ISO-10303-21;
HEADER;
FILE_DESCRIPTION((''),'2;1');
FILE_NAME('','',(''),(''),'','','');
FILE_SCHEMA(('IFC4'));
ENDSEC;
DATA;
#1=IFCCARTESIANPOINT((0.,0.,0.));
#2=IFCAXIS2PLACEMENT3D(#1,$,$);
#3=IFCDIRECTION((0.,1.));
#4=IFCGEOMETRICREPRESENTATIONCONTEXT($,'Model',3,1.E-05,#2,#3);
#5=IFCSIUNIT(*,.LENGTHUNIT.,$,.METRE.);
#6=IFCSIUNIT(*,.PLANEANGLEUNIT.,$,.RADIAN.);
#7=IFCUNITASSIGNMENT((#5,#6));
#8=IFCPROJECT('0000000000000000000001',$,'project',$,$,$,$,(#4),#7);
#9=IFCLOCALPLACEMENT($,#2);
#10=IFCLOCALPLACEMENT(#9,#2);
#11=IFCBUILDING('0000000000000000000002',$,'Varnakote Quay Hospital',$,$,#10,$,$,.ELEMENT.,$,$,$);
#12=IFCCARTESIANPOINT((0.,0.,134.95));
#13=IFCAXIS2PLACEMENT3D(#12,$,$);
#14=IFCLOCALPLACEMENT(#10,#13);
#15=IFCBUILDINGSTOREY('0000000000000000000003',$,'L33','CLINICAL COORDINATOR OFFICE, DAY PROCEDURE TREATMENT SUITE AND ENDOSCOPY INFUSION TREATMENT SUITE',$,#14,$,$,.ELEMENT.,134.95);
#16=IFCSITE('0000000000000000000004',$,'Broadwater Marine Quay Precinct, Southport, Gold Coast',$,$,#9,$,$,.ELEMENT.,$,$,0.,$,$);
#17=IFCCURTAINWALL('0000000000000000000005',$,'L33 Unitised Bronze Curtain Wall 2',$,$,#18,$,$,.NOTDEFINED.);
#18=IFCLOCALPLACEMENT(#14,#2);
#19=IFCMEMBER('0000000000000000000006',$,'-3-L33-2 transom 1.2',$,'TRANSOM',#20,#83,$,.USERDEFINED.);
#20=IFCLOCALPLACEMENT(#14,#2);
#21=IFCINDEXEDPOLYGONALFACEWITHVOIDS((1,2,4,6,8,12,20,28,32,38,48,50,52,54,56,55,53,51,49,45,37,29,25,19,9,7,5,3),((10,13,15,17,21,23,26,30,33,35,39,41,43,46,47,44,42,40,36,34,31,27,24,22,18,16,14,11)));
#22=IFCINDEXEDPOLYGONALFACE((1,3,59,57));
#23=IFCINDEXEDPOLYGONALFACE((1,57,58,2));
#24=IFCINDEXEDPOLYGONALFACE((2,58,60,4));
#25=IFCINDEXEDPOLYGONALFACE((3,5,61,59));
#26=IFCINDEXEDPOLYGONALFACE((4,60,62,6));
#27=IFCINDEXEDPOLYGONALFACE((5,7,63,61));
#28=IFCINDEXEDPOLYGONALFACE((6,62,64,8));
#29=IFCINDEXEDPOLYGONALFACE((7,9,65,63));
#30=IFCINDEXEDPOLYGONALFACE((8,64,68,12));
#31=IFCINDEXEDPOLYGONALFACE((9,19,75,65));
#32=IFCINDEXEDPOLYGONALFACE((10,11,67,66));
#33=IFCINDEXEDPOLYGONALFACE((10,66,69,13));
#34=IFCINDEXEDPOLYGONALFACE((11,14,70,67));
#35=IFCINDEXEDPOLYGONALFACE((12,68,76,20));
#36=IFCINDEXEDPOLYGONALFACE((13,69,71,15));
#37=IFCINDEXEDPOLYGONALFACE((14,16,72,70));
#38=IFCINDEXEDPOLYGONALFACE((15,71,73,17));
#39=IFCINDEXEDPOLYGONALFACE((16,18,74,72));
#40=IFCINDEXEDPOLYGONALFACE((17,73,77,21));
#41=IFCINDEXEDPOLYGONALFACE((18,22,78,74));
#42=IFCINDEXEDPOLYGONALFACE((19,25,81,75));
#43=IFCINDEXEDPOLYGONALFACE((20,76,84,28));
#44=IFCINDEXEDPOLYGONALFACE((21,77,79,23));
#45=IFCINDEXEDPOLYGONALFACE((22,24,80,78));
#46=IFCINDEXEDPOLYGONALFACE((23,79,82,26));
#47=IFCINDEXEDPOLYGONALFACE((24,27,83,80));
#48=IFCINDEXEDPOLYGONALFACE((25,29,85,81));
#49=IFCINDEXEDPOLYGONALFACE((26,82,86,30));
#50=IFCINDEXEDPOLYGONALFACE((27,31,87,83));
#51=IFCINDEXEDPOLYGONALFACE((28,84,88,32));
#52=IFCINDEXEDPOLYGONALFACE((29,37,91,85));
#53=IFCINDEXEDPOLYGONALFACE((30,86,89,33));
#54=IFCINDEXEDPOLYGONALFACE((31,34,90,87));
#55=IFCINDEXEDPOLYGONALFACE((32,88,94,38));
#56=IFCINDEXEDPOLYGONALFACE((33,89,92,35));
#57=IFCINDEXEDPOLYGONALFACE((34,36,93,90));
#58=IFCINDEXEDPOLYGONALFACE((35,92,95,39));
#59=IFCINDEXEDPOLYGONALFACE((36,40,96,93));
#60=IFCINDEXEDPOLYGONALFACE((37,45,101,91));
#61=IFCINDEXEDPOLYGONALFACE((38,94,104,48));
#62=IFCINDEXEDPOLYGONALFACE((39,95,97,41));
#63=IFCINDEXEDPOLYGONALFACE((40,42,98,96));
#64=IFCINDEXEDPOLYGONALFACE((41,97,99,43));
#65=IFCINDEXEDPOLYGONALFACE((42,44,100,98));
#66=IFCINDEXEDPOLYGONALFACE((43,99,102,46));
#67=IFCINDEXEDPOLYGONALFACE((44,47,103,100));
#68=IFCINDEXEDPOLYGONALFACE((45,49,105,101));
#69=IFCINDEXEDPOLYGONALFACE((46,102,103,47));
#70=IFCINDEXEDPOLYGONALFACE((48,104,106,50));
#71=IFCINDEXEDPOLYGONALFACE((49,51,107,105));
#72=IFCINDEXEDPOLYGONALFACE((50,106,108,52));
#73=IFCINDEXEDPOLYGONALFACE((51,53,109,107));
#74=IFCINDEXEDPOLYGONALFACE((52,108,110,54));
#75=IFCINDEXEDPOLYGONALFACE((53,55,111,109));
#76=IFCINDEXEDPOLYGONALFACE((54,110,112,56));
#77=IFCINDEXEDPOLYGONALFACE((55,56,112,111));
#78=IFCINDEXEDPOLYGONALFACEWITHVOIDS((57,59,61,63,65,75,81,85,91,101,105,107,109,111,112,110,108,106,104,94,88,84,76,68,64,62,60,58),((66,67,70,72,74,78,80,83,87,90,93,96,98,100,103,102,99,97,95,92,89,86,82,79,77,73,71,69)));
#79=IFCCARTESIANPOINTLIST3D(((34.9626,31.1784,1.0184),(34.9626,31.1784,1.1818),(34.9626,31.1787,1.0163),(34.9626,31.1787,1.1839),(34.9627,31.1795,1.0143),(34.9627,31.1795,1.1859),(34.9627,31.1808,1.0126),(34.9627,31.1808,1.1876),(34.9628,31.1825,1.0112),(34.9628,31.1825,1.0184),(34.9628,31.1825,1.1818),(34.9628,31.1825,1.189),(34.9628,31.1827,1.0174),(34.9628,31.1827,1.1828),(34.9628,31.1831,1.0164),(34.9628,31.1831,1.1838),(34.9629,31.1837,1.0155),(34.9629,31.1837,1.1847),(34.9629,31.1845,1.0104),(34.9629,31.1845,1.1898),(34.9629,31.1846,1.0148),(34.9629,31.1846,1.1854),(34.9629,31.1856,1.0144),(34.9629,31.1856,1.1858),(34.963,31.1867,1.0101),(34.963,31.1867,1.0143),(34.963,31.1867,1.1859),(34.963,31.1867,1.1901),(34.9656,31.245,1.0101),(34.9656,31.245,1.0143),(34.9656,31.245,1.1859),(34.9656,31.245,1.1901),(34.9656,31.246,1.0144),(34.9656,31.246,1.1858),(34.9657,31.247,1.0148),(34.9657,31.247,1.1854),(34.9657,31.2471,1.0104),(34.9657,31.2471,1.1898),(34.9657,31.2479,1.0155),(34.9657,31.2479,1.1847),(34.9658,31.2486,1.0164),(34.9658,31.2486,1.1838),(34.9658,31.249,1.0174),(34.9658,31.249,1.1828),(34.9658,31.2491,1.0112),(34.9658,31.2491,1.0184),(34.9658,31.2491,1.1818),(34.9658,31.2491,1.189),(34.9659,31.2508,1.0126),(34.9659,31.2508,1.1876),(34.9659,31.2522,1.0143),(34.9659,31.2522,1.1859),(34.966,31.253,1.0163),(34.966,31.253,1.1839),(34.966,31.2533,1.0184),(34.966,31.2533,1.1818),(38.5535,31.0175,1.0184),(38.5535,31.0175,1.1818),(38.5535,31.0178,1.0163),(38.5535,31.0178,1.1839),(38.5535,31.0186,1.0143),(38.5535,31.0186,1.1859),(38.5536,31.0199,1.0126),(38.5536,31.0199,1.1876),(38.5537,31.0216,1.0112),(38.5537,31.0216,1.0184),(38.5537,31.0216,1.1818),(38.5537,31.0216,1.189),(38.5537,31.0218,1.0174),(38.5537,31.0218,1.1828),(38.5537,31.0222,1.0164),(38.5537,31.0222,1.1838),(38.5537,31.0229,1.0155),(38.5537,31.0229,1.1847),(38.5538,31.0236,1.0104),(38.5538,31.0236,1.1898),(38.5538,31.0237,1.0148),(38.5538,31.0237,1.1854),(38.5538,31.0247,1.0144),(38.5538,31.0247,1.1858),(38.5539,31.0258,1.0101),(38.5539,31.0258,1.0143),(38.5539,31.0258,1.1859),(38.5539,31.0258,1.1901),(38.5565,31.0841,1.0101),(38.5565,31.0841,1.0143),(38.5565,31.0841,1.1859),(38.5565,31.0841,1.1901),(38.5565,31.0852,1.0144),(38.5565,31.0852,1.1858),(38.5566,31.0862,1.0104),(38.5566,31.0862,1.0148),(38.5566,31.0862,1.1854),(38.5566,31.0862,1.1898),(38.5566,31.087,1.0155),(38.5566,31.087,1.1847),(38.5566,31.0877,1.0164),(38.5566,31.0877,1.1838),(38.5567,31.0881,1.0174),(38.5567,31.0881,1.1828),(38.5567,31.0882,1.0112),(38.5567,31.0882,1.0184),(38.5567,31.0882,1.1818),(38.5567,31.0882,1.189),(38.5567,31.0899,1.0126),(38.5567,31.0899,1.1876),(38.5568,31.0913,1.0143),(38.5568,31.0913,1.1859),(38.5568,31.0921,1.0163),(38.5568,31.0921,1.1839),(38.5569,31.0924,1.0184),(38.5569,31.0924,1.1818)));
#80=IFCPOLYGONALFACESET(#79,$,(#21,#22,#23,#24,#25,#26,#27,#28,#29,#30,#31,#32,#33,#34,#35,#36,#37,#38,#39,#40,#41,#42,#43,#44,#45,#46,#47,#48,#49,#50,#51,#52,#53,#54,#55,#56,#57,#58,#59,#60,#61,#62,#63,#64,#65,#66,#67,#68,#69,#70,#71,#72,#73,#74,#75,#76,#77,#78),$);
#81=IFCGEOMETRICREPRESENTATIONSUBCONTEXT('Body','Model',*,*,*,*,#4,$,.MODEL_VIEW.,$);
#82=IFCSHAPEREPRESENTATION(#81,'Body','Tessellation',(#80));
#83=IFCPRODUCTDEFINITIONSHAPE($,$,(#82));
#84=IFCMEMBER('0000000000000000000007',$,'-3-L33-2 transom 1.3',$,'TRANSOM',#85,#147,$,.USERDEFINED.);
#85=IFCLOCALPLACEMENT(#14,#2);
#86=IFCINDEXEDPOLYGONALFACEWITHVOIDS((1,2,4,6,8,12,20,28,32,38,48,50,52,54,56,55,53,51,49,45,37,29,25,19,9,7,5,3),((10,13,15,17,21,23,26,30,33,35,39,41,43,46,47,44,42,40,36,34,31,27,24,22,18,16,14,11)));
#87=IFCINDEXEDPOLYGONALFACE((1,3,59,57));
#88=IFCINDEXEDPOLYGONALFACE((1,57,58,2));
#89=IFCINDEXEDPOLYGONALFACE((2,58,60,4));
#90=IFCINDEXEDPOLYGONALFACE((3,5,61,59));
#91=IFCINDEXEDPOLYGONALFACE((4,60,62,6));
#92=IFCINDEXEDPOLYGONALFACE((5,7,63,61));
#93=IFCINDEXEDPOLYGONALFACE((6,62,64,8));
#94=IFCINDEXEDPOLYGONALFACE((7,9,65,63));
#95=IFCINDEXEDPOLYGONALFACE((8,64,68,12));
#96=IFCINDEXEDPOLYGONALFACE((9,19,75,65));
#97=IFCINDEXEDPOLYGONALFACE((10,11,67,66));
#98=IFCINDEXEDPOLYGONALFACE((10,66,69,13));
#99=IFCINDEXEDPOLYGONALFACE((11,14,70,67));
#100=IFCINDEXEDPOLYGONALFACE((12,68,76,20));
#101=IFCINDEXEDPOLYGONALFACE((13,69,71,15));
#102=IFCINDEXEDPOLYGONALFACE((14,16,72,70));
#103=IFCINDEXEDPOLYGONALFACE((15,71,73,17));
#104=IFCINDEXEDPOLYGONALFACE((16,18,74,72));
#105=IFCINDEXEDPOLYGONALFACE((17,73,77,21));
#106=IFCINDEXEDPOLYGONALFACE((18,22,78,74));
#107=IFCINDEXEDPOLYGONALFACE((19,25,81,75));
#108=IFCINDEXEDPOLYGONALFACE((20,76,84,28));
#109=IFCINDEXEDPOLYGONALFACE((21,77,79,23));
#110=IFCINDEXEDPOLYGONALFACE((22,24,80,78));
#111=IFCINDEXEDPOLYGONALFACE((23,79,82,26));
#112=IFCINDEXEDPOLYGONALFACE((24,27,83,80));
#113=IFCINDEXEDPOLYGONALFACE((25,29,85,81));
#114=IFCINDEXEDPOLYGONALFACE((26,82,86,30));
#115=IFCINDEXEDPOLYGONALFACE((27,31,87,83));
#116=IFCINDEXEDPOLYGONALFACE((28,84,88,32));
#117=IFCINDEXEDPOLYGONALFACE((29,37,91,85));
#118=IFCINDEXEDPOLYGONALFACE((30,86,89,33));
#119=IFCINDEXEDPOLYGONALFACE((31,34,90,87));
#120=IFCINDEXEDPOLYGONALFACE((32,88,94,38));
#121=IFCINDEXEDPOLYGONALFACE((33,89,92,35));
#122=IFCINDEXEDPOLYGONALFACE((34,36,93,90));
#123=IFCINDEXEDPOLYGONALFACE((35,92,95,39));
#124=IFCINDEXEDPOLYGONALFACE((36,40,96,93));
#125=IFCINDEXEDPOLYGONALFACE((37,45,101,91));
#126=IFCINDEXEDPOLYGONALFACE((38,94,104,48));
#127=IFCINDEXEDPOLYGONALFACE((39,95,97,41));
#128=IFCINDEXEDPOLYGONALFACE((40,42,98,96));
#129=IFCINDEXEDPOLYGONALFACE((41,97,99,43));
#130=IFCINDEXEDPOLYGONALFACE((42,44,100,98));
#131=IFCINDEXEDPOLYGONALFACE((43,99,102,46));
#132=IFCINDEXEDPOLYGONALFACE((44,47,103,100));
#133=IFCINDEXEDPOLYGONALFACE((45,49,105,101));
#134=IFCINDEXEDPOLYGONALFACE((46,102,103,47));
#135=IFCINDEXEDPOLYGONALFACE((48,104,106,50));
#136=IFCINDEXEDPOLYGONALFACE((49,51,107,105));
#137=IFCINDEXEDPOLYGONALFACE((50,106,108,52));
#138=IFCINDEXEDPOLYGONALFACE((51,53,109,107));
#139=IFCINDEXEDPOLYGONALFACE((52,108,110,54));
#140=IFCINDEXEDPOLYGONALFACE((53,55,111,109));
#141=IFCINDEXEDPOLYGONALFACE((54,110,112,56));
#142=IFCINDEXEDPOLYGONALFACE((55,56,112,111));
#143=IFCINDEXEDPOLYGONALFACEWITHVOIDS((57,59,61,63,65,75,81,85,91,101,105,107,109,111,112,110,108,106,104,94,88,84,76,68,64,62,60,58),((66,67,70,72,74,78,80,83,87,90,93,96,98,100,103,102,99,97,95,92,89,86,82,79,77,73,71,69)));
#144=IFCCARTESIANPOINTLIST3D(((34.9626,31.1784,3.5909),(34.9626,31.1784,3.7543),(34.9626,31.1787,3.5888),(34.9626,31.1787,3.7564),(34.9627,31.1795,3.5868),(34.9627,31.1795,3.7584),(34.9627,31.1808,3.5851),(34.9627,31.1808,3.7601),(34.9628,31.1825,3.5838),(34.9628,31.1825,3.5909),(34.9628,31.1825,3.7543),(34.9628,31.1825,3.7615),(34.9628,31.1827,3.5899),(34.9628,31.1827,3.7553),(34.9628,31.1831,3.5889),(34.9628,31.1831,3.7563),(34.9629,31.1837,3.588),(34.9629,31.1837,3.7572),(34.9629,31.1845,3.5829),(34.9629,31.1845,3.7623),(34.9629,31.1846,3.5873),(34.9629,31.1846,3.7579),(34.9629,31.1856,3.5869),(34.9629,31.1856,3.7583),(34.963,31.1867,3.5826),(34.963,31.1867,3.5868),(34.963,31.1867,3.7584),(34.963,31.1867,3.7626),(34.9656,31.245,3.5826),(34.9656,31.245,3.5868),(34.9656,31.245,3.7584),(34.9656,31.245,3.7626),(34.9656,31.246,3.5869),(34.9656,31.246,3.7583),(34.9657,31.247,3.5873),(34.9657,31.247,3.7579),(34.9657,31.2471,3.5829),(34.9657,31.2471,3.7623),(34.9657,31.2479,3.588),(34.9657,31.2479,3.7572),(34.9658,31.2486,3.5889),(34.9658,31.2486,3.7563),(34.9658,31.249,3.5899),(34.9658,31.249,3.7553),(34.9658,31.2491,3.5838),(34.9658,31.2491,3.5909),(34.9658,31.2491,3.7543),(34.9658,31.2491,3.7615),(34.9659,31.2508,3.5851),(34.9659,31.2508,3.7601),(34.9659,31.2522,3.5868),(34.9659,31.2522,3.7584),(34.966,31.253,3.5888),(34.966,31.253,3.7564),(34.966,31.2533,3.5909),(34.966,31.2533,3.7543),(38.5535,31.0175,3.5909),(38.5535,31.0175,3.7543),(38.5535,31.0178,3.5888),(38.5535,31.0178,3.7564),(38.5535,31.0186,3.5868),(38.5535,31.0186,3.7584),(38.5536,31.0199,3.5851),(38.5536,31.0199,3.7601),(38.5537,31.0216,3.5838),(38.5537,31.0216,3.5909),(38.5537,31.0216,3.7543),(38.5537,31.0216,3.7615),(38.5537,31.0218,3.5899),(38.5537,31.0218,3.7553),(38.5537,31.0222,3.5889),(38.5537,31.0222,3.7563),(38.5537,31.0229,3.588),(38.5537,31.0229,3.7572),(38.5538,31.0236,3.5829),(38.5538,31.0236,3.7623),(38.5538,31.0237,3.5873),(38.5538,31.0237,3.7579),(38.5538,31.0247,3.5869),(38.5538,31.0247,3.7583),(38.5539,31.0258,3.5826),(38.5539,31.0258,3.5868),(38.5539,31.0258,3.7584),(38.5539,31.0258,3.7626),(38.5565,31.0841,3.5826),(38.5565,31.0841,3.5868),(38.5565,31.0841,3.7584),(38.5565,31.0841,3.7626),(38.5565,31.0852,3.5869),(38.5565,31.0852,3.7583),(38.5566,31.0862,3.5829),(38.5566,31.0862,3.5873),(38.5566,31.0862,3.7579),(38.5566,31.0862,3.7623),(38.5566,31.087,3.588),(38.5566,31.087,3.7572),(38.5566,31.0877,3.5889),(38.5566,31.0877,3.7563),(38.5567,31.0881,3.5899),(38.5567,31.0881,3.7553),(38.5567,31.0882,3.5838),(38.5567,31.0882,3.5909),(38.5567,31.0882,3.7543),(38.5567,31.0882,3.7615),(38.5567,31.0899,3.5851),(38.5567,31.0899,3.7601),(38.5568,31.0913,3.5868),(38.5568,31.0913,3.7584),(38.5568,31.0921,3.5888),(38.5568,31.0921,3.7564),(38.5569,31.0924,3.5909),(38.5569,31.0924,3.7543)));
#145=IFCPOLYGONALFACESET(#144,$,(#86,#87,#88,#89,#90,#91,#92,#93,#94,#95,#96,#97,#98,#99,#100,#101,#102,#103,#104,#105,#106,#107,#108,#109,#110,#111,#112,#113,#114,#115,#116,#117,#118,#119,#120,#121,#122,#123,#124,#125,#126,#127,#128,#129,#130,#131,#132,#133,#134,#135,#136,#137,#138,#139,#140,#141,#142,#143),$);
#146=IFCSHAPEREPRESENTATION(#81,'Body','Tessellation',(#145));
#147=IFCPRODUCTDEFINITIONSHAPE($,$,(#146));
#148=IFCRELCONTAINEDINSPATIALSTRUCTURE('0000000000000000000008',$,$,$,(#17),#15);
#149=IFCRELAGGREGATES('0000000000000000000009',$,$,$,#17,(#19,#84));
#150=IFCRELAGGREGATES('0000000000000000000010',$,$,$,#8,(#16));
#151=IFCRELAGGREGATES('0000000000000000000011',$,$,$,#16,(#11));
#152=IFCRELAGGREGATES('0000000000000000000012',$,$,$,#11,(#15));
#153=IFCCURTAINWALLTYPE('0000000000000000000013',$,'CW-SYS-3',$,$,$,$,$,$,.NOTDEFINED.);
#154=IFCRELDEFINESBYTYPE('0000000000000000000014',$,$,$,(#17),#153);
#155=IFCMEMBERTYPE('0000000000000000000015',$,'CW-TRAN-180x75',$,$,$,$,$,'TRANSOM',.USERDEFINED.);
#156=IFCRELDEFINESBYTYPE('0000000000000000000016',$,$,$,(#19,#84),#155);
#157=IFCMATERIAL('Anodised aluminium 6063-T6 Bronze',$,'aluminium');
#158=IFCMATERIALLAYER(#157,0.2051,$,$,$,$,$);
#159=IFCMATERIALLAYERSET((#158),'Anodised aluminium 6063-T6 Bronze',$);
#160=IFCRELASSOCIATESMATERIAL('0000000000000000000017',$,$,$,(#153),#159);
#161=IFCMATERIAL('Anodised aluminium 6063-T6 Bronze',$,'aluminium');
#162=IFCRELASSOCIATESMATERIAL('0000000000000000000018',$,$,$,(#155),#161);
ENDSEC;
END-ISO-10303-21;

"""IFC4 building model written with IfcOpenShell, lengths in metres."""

from ifc_helpers import new_model, si_unit, direction, frame, origin, origin_2d, place, context, subcontext, project, spatial, hollow_rectangle, extrude, material, layer, layer_set, material_profile, profile_set, type_object, element, aggregate, save


model = new_model("IFC4")

# Units and contexts
model_context = context("Model", 3, precision=1e-05, world=origin(), true_north=direction((0.0, 1.0)))
body_context = subcontext(model_context, "Body", "Model", "MODEL_VIEW")
ifc_project = project(units=[si_unit("LENGTHUNIT", "METRE"), si_unit("PLANEANGLEUNIT", "RADIAN")], contexts=[model_context])

# Site, building, storey
site_placement = place(None, origin())
site = spatial("IfcSite", under=ifc_project, at=site_placement, Name="Broadwater Marine Quay Precinct, Southport, Gold Coast", CompositionType="ELEMENT", RefElevation=0.0)
building_placement = place(site_placement, origin())
building = spatial("IfcBuilding", under=site, at=building_placement, Name="Varnakote Quay Hospital", CompositionType="ELEMENT")
storey_placement = place(building_placement, frame((0.0, 0.0, 134.95)))
storey = spatial("IfcBuildingStorey", under=building, at=storey_placement, Name="L33", Description="CLINICAL COORDINATOR OFFICE, DAY PROCEDURE TREATMENT SUITE AND ENDOSCOPY INFUSION TREATMENT SUITE", CompositionType="ELEMENT", Elevation=134.95)

# Shared definitions
ifc_material_1 = material(Name="Anodised aluminium 6063-T6 Bronze", Category="aluminium")
ifc_layer_1 = layer(ifc_material_1, 0.2051)
ifc_layer_set_1 = layer_set([ifc_layer_1], Name="Anodised aluminium 6063-T6 Bronze")
curtain_wall_type = type_object("IfcCurtainWallType", Name="CW-SYS-3", PredefinedType="NOTDEFINED", material=ifc_layer_set_1)

# Curtain wall, members
curtain_wall_1_placement = place(storey_placement, origin())
curtain_wall_1 = element("IfcCurtainWall", 1, at=curtain_wall_1_placement, inside=storey, type_object=curtain_wall_type, Name="L33 Unitised Bronze Curtain Wall 2", PredefinedType="NOTDEFINED")
ifc_material_2 = material(Name="Anodised aluminium 6063-T6 Bronze", Category="aluminium")
ifc_material_profile_1 = material_profile(ifc_material_2, hollow_rectangle(XDim=0.075, YDim=0.1799, WallThickness=0.0042, InnerFilletRadius=0.0042, OuterFilletRadius=0.0083, at=origin_2d()), Name="CW-TRAN-180x75")
ifc_profile_set_1 = profile_set([ifc_material_profile_1], Name="Anodised aluminium 6063-T6 Bronze")
member_type_1 = type_object("IfcMemberType", Name="CW-TRAN-180x75", ElementType="TRANSOM", PredefinedType="USERDEFINED", material=ifc_profile_set_1)
member_1_placement = place(storey_placement, frame((38.5552, 31.0549, 1.1001), z_axis=(-0.998998, 0.044761, 0.0), x_axis=(-0.044761, -0.998998, 0.0)))
member_1 = element("IfcMember", 2, at=member_1_placement, type_object=member_type_1, Name="-3-L33-2 transom 1.2", ObjectType="TRANSOM", PredefinedType="USERDEFINED", context=body_context, shape_type="SweptSolid", body=[
    extrude(hollow_rectangle(XDim=0.075, YDim=0.1799, WallThickness=0.0042, InnerFilletRadius=0.0042, OuterFilletRadius=0.0083, at=origin_2d()), origin(), (0.0, 0.0, 1.0), 3.5945),
])
member_2_placement = place(storey_placement, frame((38.5552, 31.0549, 3.6726), z_axis=(-0.998998, 0.044761, 0.0), x_axis=(-0.044761, -0.998998, 0.0)))
member_2 = element("IfcMember", 3, at=member_2_placement, type_object=member_type_1, Name="-3-L33-2 transom 1.3", ObjectType="TRANSOM", PredefinedType="USERDEFINED", context=body_context, shape_type="SweptSolid", body=[
    extrude(hollow_rectangle(XDim=0.075, YDim=0.1799, WallThickness=0.0042, InnerFilletRadius=0.0042, OuterFilletRadius=0.0083, at=origin_2d()), origin(), (0.0, 0.0, 1.0), 3.5945),
])

aggregate(curtain_wall_1, [member_1, member_2])

save(model, "model.ifc")
